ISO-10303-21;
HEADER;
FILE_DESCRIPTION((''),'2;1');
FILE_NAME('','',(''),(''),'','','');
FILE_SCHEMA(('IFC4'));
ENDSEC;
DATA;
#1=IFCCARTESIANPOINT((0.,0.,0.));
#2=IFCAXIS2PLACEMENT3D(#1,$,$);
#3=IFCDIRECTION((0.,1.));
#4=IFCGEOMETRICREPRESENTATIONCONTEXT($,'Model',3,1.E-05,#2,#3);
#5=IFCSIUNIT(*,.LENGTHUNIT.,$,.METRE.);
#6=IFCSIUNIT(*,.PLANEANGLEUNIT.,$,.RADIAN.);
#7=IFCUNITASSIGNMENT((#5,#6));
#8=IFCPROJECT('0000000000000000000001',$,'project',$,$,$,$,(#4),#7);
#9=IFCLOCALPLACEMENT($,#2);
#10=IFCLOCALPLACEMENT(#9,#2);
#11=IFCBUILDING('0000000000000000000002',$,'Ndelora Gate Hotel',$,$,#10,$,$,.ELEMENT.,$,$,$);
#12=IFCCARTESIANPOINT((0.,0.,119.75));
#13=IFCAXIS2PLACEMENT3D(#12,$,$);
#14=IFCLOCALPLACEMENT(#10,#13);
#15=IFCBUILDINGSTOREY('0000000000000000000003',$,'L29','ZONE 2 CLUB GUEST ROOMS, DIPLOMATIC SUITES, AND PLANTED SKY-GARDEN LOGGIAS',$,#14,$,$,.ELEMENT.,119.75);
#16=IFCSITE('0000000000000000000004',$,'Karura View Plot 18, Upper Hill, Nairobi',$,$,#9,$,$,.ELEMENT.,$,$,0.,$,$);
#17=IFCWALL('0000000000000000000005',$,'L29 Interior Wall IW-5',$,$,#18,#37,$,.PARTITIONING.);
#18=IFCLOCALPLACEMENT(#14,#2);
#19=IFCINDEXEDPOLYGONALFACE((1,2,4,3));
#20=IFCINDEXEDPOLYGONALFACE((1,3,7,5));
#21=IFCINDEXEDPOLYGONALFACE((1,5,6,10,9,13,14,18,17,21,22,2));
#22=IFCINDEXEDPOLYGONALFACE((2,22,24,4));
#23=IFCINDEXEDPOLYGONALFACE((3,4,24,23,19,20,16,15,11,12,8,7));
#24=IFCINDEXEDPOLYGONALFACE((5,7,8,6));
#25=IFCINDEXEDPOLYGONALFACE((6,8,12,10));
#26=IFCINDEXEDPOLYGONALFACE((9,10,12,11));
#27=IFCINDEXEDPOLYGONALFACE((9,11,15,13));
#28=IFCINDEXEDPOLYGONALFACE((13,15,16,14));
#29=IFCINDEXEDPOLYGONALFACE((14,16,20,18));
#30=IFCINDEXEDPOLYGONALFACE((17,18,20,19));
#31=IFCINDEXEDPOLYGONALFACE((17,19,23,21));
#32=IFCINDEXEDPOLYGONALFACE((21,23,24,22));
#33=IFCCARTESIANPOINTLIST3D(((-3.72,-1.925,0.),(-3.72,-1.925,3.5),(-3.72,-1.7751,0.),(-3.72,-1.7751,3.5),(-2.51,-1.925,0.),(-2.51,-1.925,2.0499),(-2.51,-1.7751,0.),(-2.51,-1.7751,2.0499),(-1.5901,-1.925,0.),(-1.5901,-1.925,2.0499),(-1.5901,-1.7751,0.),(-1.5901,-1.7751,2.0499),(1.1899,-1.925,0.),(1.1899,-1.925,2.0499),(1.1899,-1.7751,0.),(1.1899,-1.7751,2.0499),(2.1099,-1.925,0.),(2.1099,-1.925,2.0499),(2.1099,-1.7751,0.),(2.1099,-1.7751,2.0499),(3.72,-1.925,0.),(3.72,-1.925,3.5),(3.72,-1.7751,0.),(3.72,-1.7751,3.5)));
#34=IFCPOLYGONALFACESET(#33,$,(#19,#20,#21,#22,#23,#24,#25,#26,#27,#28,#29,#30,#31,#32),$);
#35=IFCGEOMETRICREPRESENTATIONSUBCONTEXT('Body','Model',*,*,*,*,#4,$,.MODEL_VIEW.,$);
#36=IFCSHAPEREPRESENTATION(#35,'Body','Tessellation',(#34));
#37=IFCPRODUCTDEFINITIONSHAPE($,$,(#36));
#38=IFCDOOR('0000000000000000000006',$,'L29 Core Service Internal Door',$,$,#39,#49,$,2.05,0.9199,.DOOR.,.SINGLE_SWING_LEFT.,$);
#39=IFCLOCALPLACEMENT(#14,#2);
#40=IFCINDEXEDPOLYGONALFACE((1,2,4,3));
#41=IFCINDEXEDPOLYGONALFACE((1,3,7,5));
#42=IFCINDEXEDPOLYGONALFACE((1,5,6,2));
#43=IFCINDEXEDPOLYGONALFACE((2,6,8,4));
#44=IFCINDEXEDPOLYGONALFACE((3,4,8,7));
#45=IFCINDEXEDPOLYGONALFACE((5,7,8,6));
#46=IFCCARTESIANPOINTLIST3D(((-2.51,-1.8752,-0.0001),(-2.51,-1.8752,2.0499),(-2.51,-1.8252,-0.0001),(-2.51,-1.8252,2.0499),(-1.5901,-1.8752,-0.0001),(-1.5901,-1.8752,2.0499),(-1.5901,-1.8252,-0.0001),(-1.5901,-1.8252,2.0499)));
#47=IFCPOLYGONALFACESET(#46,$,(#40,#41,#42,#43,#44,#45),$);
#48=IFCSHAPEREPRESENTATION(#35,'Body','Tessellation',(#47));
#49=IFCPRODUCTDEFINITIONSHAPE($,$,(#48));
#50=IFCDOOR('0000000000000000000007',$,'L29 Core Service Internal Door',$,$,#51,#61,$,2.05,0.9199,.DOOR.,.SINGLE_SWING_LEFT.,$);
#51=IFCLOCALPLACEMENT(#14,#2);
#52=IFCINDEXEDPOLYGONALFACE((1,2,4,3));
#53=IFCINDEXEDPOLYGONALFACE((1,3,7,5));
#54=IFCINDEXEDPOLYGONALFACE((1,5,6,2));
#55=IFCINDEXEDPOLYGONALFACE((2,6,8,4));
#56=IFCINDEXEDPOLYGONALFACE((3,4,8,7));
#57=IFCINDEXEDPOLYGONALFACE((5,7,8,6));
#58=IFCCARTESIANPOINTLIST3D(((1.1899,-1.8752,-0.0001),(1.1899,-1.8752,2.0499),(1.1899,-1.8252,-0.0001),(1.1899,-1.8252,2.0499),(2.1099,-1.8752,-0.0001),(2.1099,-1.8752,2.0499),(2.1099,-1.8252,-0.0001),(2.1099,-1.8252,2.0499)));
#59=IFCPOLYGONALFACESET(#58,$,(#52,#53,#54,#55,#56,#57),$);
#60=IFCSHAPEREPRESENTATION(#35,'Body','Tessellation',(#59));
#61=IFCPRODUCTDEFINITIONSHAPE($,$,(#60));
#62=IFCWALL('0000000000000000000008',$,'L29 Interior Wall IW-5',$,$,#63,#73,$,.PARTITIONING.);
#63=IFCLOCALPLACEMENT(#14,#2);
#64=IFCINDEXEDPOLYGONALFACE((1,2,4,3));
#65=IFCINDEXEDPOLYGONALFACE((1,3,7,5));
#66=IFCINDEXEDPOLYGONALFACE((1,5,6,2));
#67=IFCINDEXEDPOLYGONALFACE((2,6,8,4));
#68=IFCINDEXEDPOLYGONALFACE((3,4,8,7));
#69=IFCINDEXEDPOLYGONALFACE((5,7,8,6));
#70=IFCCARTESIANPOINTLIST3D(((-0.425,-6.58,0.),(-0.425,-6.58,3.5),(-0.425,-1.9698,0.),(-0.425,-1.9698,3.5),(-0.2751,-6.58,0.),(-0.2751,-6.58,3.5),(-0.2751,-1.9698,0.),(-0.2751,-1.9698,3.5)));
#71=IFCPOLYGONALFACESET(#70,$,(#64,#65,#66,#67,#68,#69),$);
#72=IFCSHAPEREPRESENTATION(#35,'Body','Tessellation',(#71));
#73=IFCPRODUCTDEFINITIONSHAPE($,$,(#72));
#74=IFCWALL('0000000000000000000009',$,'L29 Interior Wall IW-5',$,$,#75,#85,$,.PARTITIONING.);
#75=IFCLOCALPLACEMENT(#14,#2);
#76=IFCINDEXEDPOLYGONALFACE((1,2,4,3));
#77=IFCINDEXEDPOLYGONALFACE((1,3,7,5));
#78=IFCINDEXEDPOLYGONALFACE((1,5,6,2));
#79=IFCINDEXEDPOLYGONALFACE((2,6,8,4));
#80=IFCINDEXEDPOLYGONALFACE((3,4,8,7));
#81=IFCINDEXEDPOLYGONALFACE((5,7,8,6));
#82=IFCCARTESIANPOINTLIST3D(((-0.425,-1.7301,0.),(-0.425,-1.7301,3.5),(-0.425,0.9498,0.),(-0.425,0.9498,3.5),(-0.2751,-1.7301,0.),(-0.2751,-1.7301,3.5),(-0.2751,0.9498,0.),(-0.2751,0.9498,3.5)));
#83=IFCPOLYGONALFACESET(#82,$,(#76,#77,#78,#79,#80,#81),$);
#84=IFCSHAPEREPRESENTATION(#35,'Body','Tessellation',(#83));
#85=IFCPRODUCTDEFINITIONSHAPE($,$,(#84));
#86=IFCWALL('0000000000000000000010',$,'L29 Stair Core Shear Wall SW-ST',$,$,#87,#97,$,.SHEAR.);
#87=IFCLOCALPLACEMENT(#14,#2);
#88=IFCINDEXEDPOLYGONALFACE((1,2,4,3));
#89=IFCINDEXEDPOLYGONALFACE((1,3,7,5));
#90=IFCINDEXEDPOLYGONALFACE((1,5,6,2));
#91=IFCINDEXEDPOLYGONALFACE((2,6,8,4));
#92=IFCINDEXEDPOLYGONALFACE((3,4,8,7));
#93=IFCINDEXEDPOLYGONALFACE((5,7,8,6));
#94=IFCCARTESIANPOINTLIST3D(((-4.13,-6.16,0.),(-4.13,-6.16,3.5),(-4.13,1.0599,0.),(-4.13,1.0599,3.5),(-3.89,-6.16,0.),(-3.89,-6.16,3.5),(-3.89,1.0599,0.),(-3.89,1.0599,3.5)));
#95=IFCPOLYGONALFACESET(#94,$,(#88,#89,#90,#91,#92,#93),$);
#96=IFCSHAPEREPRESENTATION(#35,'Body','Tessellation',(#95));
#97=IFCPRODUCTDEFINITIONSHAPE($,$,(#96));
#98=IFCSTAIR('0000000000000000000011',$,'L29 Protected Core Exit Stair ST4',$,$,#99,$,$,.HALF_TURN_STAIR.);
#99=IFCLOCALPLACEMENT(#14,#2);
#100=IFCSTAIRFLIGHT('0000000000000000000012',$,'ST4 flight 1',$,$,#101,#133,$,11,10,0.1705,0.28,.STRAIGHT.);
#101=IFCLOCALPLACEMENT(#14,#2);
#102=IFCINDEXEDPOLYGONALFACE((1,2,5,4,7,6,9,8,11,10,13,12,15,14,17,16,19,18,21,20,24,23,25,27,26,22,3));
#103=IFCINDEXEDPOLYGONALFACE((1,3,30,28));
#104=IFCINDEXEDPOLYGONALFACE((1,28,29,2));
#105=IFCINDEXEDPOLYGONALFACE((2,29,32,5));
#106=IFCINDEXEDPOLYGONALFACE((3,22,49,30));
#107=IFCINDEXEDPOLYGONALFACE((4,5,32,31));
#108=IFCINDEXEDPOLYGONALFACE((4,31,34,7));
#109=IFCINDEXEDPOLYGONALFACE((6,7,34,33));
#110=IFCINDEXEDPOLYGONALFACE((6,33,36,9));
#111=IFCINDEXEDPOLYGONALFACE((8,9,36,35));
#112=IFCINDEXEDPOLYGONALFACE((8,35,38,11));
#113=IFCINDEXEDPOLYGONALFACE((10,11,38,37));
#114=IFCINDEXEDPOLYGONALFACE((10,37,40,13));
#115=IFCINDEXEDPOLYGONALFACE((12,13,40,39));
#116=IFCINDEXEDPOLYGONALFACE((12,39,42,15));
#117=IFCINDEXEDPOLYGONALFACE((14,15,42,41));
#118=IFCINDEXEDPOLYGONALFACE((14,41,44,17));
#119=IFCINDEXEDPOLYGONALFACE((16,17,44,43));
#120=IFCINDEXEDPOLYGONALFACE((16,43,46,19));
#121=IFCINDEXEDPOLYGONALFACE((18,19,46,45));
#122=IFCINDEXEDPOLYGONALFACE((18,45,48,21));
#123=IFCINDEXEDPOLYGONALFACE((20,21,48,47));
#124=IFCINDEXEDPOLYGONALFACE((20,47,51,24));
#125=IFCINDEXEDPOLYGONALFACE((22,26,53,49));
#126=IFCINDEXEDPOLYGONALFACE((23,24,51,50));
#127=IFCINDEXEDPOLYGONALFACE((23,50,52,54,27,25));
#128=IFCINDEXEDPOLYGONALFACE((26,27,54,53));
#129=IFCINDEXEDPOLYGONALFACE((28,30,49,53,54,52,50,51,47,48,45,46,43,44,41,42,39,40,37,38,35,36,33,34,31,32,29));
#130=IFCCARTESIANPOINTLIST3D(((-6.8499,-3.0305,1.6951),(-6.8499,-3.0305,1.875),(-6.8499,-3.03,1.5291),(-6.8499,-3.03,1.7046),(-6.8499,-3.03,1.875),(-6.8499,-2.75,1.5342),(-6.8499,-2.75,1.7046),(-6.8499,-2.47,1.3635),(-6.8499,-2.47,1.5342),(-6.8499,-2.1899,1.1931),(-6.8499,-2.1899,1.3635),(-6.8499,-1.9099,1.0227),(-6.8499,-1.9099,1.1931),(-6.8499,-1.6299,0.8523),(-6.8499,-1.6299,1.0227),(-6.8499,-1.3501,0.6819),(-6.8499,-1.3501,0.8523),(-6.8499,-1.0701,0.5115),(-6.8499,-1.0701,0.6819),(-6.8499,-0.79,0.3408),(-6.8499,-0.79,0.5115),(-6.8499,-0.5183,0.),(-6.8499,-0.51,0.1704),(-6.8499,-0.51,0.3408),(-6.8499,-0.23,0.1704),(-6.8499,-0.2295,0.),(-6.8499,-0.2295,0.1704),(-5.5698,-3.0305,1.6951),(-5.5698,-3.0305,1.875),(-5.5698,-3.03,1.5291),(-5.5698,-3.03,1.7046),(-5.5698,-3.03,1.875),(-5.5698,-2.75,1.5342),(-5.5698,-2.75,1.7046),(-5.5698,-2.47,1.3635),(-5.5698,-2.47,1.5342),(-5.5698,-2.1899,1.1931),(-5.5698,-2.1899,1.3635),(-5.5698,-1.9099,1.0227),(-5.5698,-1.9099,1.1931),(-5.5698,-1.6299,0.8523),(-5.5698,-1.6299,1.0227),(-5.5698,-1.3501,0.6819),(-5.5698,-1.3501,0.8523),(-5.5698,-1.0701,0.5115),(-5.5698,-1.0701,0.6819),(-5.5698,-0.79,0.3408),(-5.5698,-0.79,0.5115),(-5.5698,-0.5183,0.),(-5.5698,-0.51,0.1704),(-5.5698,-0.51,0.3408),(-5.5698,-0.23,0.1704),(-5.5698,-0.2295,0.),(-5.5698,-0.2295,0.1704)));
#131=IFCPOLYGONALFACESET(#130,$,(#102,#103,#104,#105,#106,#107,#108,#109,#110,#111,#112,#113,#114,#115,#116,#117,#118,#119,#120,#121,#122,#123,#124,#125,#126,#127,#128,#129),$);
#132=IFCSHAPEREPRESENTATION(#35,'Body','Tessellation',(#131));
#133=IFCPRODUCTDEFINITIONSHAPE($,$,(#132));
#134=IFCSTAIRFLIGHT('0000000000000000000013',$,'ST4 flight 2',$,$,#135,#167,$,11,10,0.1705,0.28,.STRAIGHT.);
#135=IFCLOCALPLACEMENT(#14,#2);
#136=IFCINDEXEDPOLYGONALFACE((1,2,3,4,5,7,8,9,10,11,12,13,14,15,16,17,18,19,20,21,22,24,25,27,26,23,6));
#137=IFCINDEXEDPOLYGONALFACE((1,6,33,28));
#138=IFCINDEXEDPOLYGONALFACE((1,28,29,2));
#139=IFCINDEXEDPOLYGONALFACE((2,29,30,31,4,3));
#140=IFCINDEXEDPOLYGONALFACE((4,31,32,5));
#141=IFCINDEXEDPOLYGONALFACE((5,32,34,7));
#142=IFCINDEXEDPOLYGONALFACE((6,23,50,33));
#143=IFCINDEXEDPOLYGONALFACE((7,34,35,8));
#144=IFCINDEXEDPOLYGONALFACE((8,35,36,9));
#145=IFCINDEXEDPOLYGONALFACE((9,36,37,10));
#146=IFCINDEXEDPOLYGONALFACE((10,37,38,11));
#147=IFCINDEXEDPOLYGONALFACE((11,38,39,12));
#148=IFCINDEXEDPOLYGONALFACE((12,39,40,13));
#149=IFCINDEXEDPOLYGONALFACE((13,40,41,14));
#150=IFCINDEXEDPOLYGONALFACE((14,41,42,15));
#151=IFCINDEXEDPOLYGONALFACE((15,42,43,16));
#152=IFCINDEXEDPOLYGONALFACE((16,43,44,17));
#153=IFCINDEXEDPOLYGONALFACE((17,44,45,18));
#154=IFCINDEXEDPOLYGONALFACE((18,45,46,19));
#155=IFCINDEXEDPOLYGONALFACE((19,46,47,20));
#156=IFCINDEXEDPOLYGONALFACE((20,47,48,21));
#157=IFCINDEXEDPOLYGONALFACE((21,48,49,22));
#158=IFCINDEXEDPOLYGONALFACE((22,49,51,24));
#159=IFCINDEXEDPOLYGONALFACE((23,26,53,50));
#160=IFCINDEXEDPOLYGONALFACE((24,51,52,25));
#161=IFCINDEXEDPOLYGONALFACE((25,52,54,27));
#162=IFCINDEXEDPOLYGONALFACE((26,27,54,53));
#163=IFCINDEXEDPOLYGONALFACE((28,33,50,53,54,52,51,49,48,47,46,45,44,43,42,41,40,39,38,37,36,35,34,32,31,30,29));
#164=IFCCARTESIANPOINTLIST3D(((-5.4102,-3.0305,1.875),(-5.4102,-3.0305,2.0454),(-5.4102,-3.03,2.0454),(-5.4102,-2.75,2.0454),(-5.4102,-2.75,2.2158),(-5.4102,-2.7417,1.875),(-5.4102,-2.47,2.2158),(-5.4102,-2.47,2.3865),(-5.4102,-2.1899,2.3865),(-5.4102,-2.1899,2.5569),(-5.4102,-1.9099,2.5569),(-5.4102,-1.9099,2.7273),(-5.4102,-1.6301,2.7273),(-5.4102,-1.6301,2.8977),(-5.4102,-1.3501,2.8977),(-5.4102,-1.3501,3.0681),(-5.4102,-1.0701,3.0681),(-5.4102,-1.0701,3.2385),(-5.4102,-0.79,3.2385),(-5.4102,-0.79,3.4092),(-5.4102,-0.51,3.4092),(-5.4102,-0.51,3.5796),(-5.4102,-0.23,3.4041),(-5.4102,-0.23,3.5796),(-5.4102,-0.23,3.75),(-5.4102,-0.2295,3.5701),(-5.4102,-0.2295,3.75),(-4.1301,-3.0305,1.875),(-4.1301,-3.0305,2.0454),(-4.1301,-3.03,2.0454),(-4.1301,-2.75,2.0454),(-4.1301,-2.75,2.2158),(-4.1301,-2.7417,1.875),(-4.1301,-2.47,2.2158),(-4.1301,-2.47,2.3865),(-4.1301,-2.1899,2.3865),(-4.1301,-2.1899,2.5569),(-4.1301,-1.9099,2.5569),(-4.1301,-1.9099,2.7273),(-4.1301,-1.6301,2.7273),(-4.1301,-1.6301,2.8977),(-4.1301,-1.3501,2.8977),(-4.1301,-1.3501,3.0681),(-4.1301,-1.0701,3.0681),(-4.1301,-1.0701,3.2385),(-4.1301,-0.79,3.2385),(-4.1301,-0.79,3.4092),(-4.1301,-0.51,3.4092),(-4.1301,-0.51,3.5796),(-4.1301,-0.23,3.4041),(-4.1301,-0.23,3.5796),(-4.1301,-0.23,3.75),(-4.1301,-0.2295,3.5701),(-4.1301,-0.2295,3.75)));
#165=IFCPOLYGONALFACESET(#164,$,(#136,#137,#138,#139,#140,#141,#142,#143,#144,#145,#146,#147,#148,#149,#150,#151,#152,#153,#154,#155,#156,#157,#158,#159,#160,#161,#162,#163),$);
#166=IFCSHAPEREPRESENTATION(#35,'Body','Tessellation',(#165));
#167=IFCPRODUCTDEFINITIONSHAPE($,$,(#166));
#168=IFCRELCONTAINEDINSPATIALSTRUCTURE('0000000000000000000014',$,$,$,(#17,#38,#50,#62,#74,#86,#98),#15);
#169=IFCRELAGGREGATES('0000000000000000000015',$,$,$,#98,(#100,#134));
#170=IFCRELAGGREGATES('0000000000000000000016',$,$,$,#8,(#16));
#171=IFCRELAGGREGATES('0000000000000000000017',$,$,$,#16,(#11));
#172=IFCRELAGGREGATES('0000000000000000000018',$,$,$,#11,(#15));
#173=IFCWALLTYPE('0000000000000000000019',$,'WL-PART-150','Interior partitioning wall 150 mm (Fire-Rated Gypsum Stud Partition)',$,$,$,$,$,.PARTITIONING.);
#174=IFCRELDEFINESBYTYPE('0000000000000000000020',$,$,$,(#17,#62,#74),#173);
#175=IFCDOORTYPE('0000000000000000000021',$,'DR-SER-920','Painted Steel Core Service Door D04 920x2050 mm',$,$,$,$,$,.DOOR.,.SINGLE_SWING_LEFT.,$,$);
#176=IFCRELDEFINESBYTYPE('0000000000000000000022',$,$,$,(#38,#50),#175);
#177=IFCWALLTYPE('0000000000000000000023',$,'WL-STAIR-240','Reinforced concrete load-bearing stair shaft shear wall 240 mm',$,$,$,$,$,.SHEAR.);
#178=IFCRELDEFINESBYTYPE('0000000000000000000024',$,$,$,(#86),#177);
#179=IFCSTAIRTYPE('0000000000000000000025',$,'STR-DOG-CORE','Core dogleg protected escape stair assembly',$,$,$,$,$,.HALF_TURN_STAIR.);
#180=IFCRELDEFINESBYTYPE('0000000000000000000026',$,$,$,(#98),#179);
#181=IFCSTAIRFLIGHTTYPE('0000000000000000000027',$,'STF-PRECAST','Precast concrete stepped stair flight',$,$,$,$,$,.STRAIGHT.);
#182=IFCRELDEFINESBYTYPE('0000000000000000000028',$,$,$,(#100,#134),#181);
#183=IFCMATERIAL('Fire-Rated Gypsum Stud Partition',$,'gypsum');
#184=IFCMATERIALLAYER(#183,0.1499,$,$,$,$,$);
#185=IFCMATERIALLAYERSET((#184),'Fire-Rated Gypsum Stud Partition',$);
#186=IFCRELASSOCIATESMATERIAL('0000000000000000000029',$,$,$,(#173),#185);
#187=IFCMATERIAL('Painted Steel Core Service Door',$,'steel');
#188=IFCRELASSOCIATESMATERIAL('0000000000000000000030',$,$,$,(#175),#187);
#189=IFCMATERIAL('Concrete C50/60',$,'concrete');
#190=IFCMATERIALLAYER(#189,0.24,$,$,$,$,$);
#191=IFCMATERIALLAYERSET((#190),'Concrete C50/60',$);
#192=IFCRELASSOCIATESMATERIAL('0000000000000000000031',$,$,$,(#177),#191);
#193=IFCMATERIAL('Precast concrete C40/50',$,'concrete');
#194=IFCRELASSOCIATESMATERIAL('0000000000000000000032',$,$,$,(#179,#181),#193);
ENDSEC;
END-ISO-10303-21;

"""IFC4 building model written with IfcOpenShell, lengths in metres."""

from ifc_helpers import new_model, si_unit, direction, frame, frame_2d, origin, place, context, subcontext, project, spatial, polyline, rectangle, outline, extrude, material, layer, layer_set, type_object, element, fill, aggregate, save


model = new_model("IFC4")

# Units and contexts
model_context = context("Model", 3, precision=1e-05, world=origin(), true_north=direction((0.0, 1.0)))
body_context = subcontext(model_context, "Body", "Model", "MODEL_VIEW")
ifc_project = project(units=[si_unit("LENGTHUNIT", "METRE"), si_unit("PLANEANGLEUNIT", "RADIAN")], contexts=[model_context])

# Site, building, storey
site_placement = place(None, origin())
site = spatial("IfcSite", under=ifc_project, at=site_placement, Name="Karura View Plot 18, Upper Hill, Nairobi", CompositionType="ELEMENT", RefElevation=0.0)
building_placement = place(site_placement, origin())
building = spatial("IfcBuilding", under=site, at=building_placement, Name="Ndelora Gate Hotel", CompositionType="ELEMENT")
storey_placement = place(building_placement, frame((0.0, 0.0, 119.75)))
storey = spatial("IfcBuildingStorey", under=building, at=storey_placement, Name="L29", Description="ZONE 2 CLUB GUEST ROOMS, DIPLOMATIC SUITES, AND PLANTED SKY-GARDEN LOGGIAS", CompositionType="ELEMENT", Elevation=119.75)

# Wall, openings, doors
ifc_material_1 = material(Name="Fire-Rated Gypsum Stud Partition", Category="gypsum")
ifc_layer_1 = layer(ifc_material_1, 0.1499)
ifc_layer_set_1 = layer_set([ifc_layer_1], Name="Fire-Rated Gypsum Stud Partition")
wall_type_1 = type_object("IfcWallType", Name="WL-PART-150", Description="Interior partitioning wall 150 mm (Fire-Rated Gypsum Stud Partition)", PredefinedType="PARTITIONING", material=ifc_layer_set_1)
wall_1_placement = place(storey_placement, frame((-3.72, -1.8501, 0.0), z_axis=(0.0, 0.0, 1.0), x_axis=(1.0, 0.0, 0.0)))
wall_1 = element("IfcWall", 1, at=wall_1_placement, inside=storey, type_object=wall_type_1, Name="L29 Interior Wall IW-5", PredefinedType="PARTITIONING", context=body_context, shape_type="SweptSolid", body=[
    extrude(rectangle(XDim=7.4399, YDim=0.1499, at=frame_2d((3.72, 0.0))), origin(), (0.0, 0.0, 1.0), 3.5),
])
opening_1_placement = place(wall_1_placement, frame((1.21, 0.0, 0.0)))
opening_1 = element("IfcOpeningElement", 2, at=opening_1_placement, cuts=wall_1, PredefinedType="OPENING", context=body_context, shape_type="SweptSolid", body=[
    extrude(rectangle(XDim=0.9199, YDim=2.05, at=frame_2d((0.46, 1.0249))), frame((0.0, 0.085, 0.0), z_axis=(0.0, -1.0, 0.0), x_axis=(1.0, 0.0, 0.0)), (0.0, 0.0, 1.0), 0.1699),
])
opening_2_placement = place(wall_1_placement, frame((4.9099, 0.0, 0.0)))
opening_2 = element("IfcOpeningElement", 3, at=opening_2_placement, cuts=wall_1, PredefinedType="OPENING", context=body_context, shape_type="SweptSolid", body=[
    extrude(rectangle(XDim=0.9199, YDim=2.05, at=frame_2d((0.46, 1.0249))), frame((0.0, 0.085, 0.0), z_axis=(0.0, -1.0, 0.0), x_axis=(1.0, 0.0, 0.0)), (0.0, 0.0, 1.0), 0.1699),
])
ifc_material_2 = material(Name="Painted Steel Core Service Door", Category="steel")
door_type = type_object("IfcDoorType", Name="DR-SER-920", Description="Painted Steel Core Service Door D04 920x2050 mm", OperationType="SINGLE_SWING_LEFT", PredefinedType="DOOR", material=ifc_material_2)
door_1_placement = place(opening_1_placement, origin())
door_1 = element("IfcDoor", 4, at=door_1_placement, inside=storey, type_object=door_type, Name="L29 Core Service Internal Door", OperationType="SINGLE_SWING_LEFT", OverallHeight=2.05, OverallWidth=0.9199, PredefinedType="DOOR", context=body_context, shape_type="SweptSolid", body=[
    extrude(rectangle(XDim=0.9199, YDim=2.05, at=frame_2d((0.46, 1.0249))), frame((0.0, 0.0249, 0.0), z_axis=(0.0, -1.0, 0.0), x_axis=(1.0, 0.0, 0.0)), (0.0, 0.0, 1.0), 0.05),
])
fill(opening_1, door_1)
door_2_placement = place(opening_2_placement, origin())
door_2 = element("IfcDoor", 5, at=door_2_placement, inside=storey, type_object=door_type, Name="L29 Core Service Internal Door", OperationType="SINGLE_SWING_LEFT", OverallHeight=2.05, OverallWidth=0.9199, PredefinedType="DOOR", context=body_context, shape_type="SweptSolid", body=[
    extrude(rectangle(XDim=0.9199, YDim=2.05, at=frame_2d((0.46, 1.0249))), frame((0.0, 0.0249, 0.0), z_axis=(0.0, -1.0, 0.0), x_axis=(1.0, 0.0, 0.0)), (0.0, 0.0, 1.0), 0.05),
])
fill(opening_2, door_2)

# Walls
wall_2_placement = place(storey_placement, frame((-0.3501, -6.5801, 0.0), z_axis=(0.0, 0.0, 1.0), x_axis=(0.0, 1.0, 0.0)))
element("IfcWall", 6, at=wall_2_placement, inside=storey, type_object=wall_type_1, Name="L29 Interior Wall IW-5", PredefinedType="PARTITIONING", context=body_context, shape_type="SweptSolid", body=[
    extrude(rectangle(XDim=4.6101, YDim=0.1499, at=frame_2d((2.3052, 0.0))), origin(), (0.0, 0.0, 1.0), 3.5),
])
wall_3_placement = place(storey_placement, frame((-0.3501, -1.73, 0.0), z_axis=(0.0, 0.0, 1.0), x_axis=(0.0, 1.0, 0.0)))
element("IfcWall", 7, at=wall_3_placement, inside=storey, type_object=wall_type_1, Name="L29 Interior Wall IW-5", PredefinedType="PARTITIONING", context=body_context, shape_type="SweptSolid", body=[
    extrude(rectangle(XDim=2.6799, YDim=0.1499, at=frame_2d((1.3398, 0.0))), origin(), (0.0, 0.0, 1.0), 3.5),
])
ifc_material_3 = material(Name="Concrete C50/60", Category="concrete")
ifc_layer_2 = layer(ifc_material_3, 0.24)
ifc_layer_set_2 = layer_set([ifc_layer_2], Name="Concrete C50/60")
wall_type_2 = type_object("IfcWallType", Name="WL-STAIR-240", Description="Reinforced concrete load-bearing stair shaft shear wall 240 mm", PredefinedType="SHEAR", material=ifc_layer_set_2)
wall_4_placement = place(storey_placement, frame((-4.01, -6.1599, 0.0), z_axis=(0.0, 0.0, 1.0), x_axis=(0.0, 1.0, 0.0)))
element("IfcWall", 8, at=wall_4_placement, inside=storey, type_object=wall_type_2, Name="L29 Stair Core Shear Wall SW-ST", PredefinedType="SHEAR", context=body_context, shape_type="SweptSolid", body=[
    extrude(rectangle(XDim=7.22, YDim=0.24, at=frame_2d((3.6099, 0.0))), origin(), (0.0, 0.0, 1.0), 3.5),
])

# Stair, stair flights
ifc_material_4 = material(Name="Precast concrete C40/50", Category="concrete")
stair_type = type_object("IfcStairType", Name="STR-DOG-CORE", Description="Core dogleg protected escape stair assembly", PredefinedType="HALF_TURN_STAIR", material=ifc_material_4)
stair_placement = place(storey_placement, origin())
stair = element("IfcStair", 9, at=stair_placement, inside=storey, type_object=stair_type, Name="L29 Protected Core Exit Stair ST4", PredefinedType="HALF_TURN_STAIR")
stair_flight_type = type_object("IfcStairFlightType", Name="STF-PRECAST", Description="Precast concrete stepped stair flight", PredefinedType="STRAIGHT", material=ifc_material_4)
stair_flight_1_placement = place(storey_placement, frame((-6.21, -0.23, 0.0), z_axis=(0.0, 0.0, 1.0), x_axis=(0.0, -1.0, 0.0)))
stair_flight_1 = element("IfcStairFlight", 10, at=stair_flight_1_placement, type_object=stair_flight_type, Name="ST4 flight 1", NumberOfRisers=11, NumberOfTreads=10, PredefinedType="STRAIGHT", RiserHeight=0.1705, TreadLength=0.28, context=body_context, shape_type="SweptSolid", body=[
    extrude(outline(polyline([(-0.0005, 0.0), (-0.0005, 0.1704), (0.0, 0.1704), (0.28, 0.1704), (0.28, 0.3408), (0.5601, 0.3408), (0.5601, 0.5115), (0.8401, 0.5115), (0.8401, 0.6819), (1.1201, 0.6819), (1.1201, 0.8523), (1.3999, 0.8523), (1.3999, 1.0227), (1.6799, 1.0227), (1.6799, 1.1931), (1.96, 1.1931), (1.96, 1.3635), (2.24, 1.3635), (2.24, 1.5342), (2.52, 1.5342), (2.52, 1.7046), (2.8, 1.7046), (2.8, 1.875), (2.8005, 1.875), (2.8005, 1.6951), (2.8, 1.5291), (0.2883, 0.0), (-0.0005, 0.0)])), frame((0.0, 0.6401, 0.0), z_axis=(0.0, -1.0, 0.0), x_axis=(1.0, 0.0, 0.0)), (0.0, 0.0, 1.0), 1.28),
])
stair_flight_2_placement = place(storey_placement, frame((-4.77, -3.03, 1.875), z_axis=(0.0, 0.0, 1.0), x_axis=(0.0, 1.0, 0.0)))
stair_flight_2 = element("IfcStairFlight", 11, at=stair_flight_2_placement, type_object=stair_flight_type, Name="ST4 flight 2", NumberOfRisers=11, NumberOfTreads=10, PredefinedType="STRAIGHT", RiserHeight=0.1705, TreadLength=0.28, context=body_context, shape_type="SweptSolid", body=[
    extrude(outline(polyline([(-0.0005, 0.0), (-0.0005, 0.1704), (0.0, 0.1704), (0.28, 0.1704), (0.28, 0.3408), (0.5601, 0.3408), (0.5601, 0.5115), (0.8401, 0.5115), (0.8401, 0.6819), (1.1201, 0.6819), (1.1201, 0.8523), (1.3999, 0.8523), (1.3999, 1.0227), (1.6799, 1.0227), (1.6799, 1.1931), (1.96, 1.1931), (1.96, 1.3635), (2.24, 1.3635), (2.24, 1.5342), (2.52, 1.5342), (2.52, 1.7046), (2.8, 1.7046), (2.8, 1.875), (2.8005, 1.875), (2.8005, 1.6951), (2.8, 1.5291), (0.2883, 0.0), (-0.0005, 0.0)])), frame((0.0, 0.6401, 0.0), z_axis=(0.0, -1.0, 0.0), x_axis=(1.0, 0.0, 0.0)), (0.0, 0.0, 1.0), 1.28),
])
aggregate(stair, [stair_flight_1, stair_flight_2])

save(model, "model.ifc")
